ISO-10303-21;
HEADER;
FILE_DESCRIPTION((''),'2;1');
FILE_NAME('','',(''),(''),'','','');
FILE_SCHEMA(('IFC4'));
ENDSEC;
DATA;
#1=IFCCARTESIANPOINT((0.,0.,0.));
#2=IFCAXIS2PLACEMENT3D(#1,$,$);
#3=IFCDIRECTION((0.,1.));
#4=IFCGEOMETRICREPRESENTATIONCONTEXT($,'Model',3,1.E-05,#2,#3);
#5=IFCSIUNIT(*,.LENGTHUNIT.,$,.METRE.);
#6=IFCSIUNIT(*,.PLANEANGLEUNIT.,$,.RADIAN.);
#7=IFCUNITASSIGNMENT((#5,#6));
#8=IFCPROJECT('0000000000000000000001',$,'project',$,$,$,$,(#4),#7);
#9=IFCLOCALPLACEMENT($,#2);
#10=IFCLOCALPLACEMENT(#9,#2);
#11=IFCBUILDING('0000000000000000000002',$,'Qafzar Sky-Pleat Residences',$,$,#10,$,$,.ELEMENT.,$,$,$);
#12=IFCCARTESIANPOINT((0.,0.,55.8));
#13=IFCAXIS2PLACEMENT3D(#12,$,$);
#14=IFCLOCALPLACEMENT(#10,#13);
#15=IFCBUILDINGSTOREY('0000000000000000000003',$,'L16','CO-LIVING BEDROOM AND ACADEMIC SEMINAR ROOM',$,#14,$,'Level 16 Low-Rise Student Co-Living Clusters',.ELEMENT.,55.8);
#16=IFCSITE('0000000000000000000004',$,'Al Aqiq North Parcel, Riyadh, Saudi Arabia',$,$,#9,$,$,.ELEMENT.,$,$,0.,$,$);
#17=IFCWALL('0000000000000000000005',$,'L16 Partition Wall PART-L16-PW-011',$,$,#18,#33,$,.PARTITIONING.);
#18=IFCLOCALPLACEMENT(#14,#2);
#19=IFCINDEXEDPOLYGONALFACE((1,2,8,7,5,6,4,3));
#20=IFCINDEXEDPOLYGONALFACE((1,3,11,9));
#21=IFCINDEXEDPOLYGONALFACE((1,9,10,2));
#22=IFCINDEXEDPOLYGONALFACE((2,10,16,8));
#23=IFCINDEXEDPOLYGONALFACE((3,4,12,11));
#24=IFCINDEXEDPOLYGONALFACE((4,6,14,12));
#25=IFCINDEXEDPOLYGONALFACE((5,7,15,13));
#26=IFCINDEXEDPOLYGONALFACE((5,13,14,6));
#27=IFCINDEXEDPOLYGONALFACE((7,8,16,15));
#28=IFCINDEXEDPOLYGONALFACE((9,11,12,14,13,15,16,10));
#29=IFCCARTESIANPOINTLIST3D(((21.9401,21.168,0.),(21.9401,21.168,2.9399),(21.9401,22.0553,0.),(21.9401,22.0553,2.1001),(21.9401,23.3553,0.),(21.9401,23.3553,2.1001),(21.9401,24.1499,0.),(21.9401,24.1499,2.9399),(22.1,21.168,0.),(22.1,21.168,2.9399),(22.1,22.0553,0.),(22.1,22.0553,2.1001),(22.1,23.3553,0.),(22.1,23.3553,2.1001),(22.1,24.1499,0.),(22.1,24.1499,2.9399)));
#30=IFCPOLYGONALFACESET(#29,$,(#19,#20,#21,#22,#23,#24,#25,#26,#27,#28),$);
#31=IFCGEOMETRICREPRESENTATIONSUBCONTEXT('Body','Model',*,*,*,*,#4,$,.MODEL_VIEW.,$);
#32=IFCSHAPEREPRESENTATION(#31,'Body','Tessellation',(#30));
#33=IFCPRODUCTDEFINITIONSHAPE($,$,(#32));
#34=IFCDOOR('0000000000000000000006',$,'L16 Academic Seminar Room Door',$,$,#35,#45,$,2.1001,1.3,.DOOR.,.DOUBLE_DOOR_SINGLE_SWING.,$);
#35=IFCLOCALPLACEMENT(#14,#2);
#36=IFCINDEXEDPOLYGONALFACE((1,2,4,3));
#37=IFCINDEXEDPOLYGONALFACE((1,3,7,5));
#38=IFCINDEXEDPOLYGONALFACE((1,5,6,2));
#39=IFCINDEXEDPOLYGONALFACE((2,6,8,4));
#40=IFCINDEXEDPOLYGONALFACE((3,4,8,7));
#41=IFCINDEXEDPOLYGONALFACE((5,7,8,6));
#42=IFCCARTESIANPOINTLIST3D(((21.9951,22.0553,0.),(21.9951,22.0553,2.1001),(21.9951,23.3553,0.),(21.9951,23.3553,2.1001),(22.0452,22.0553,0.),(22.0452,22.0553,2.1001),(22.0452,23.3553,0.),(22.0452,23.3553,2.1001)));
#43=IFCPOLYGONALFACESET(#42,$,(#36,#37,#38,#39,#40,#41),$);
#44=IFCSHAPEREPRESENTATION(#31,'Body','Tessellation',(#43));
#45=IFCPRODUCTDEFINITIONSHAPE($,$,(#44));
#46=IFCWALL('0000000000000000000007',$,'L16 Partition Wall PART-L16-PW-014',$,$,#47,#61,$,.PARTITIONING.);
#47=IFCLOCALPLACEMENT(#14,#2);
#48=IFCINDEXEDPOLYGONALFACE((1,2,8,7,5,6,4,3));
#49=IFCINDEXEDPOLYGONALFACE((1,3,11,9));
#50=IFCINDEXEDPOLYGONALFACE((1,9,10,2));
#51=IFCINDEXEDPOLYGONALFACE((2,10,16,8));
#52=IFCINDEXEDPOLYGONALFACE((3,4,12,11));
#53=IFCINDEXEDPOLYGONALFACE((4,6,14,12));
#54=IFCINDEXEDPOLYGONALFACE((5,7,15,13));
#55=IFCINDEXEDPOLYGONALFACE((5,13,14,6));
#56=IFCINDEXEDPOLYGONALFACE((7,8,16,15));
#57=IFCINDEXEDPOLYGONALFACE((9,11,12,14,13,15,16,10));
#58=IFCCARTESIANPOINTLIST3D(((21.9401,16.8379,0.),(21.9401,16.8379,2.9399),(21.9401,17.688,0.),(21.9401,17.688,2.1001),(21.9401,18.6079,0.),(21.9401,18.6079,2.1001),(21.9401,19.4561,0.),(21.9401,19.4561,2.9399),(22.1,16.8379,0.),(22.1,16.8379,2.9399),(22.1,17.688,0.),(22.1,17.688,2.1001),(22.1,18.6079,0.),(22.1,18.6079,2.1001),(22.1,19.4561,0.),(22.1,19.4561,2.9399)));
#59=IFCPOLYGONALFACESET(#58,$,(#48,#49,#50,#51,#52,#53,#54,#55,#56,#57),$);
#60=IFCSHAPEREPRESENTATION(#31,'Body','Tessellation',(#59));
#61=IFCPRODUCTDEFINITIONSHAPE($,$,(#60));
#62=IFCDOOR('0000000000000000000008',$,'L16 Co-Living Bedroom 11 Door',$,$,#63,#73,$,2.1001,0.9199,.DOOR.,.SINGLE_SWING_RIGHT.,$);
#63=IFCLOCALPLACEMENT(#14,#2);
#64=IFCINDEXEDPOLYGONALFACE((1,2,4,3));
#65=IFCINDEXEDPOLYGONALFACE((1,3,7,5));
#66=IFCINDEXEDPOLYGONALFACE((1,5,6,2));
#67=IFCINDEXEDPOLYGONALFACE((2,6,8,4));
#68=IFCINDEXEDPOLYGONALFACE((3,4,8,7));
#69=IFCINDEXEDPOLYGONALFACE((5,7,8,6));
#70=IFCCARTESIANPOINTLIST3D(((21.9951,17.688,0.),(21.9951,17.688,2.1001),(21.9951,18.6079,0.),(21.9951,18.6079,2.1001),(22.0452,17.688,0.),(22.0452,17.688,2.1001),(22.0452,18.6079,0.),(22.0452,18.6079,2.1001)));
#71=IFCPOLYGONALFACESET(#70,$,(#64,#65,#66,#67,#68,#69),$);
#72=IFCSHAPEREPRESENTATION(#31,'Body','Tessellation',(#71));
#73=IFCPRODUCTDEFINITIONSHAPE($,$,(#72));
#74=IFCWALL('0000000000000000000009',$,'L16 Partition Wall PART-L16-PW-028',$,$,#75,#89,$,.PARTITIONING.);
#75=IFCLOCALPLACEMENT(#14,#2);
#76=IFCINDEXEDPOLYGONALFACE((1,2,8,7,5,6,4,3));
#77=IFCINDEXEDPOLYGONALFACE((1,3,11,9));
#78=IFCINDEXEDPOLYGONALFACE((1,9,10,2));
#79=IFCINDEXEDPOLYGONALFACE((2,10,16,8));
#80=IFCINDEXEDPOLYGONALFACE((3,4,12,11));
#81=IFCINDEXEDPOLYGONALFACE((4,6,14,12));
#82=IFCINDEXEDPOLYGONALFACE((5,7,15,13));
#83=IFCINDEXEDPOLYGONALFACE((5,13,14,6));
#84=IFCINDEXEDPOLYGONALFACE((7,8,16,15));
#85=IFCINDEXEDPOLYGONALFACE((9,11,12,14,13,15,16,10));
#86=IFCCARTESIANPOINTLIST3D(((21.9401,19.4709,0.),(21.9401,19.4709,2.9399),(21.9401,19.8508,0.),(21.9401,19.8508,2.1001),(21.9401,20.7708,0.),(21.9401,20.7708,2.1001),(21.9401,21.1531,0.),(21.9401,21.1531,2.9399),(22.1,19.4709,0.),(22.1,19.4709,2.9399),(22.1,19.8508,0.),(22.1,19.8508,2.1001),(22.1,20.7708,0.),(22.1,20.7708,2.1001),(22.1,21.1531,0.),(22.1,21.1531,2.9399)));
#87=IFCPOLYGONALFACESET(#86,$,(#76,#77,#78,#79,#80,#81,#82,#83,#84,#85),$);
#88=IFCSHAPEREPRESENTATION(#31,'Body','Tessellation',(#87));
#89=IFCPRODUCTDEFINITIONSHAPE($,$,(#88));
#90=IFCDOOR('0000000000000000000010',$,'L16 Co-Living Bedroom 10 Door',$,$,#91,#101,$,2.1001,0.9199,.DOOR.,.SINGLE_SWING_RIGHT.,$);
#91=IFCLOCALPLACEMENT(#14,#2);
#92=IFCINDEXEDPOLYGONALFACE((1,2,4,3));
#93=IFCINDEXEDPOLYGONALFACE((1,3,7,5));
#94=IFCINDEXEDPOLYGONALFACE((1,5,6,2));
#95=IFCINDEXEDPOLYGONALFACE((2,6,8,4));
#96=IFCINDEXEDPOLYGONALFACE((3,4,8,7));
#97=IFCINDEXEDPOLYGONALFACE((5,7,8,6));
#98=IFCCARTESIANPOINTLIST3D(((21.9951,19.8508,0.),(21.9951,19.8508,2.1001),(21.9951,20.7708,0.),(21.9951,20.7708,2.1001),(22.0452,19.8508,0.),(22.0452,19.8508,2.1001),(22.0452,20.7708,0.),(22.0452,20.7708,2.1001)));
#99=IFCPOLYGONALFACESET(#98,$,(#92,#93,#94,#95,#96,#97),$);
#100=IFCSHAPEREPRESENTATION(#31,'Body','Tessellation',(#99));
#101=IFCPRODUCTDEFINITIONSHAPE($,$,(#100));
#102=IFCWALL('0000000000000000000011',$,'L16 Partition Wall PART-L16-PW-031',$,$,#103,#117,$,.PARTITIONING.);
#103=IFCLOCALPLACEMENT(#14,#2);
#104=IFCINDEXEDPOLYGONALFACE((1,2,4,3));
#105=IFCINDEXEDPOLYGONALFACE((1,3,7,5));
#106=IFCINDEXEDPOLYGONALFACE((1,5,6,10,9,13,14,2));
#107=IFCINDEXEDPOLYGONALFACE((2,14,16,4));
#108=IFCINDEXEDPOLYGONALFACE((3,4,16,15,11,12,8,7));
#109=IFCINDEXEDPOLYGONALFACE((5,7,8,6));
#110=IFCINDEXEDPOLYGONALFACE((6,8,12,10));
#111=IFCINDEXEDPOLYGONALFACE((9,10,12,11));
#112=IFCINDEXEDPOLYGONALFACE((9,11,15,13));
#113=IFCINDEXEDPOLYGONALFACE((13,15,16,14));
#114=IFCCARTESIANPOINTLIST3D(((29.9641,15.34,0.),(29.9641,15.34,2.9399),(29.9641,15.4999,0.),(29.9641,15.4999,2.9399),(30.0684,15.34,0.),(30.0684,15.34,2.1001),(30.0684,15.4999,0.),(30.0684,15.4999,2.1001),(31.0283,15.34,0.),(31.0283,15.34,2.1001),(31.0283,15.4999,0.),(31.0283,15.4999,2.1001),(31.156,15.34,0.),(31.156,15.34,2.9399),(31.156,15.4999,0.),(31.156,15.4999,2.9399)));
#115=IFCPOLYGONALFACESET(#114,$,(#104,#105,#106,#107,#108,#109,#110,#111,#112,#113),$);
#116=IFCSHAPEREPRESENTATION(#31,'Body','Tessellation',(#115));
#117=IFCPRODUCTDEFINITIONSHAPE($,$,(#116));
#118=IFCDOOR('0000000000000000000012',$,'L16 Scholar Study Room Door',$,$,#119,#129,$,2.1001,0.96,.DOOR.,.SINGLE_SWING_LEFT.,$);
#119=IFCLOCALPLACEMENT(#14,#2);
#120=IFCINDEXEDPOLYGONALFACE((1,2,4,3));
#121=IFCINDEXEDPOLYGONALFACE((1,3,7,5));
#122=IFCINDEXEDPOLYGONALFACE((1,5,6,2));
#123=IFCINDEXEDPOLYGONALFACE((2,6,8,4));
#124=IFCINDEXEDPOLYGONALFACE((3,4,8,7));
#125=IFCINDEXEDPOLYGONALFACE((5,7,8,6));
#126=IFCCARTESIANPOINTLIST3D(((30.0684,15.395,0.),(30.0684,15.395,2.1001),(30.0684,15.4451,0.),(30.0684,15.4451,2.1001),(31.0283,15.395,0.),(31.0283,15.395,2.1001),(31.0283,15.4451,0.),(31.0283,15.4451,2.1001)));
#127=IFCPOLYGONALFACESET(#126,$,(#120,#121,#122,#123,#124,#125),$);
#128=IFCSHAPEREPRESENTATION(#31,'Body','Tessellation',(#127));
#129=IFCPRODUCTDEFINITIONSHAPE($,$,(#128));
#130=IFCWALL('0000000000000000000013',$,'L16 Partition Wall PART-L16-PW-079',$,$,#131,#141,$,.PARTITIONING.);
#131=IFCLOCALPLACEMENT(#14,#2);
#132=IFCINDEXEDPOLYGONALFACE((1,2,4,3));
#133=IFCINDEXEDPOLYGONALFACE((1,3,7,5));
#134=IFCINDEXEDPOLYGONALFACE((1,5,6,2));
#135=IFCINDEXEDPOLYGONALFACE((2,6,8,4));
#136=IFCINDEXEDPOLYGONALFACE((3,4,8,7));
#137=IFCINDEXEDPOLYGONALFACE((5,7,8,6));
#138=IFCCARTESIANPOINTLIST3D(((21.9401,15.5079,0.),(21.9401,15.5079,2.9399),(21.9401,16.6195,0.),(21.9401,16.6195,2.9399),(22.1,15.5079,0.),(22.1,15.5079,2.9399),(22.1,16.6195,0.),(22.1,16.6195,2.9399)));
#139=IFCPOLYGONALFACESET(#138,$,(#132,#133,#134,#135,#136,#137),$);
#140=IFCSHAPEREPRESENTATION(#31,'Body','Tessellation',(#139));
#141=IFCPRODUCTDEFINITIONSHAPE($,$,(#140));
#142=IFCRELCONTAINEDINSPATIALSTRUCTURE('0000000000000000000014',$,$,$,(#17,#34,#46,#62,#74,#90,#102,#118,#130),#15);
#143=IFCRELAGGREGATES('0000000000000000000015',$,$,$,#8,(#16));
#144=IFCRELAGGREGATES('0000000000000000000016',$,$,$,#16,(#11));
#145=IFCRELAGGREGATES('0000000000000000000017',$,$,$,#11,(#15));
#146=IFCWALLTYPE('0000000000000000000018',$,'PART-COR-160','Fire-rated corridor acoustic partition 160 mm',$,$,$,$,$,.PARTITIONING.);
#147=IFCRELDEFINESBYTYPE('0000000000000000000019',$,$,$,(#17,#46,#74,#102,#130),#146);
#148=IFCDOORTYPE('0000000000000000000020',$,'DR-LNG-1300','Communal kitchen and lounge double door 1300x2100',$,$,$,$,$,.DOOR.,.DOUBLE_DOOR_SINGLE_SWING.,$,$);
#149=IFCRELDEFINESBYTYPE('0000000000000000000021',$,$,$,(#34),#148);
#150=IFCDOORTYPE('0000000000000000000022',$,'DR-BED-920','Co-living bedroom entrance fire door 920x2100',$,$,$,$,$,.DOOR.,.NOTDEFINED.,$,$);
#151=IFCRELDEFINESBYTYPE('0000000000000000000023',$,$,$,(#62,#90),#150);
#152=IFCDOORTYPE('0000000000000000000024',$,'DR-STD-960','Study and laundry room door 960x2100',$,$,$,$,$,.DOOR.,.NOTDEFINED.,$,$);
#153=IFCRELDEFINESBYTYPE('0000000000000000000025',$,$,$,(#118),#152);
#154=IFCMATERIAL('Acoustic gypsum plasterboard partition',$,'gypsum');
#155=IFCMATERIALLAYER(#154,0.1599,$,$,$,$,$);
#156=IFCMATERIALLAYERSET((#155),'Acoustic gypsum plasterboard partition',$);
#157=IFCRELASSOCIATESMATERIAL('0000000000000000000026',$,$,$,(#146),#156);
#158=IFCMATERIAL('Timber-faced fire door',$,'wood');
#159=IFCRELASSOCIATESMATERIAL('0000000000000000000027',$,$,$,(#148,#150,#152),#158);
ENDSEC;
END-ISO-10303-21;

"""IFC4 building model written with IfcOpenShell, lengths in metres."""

from ifc_helpers import new_model, si_unit, direction, frame, frame_2d, origin, place, context, subcontext, project, spatial, rectangle, extrude, source, transform, mapped, material, layer, layer_set, type_object, element, fill, save


model = new_model("IFC4")

# Units and contexts
model_context = context("Model", 3, precision=1e-05, world=origin(), true_north=direction((0.0, 1.0)))
body_context = subcontext(model_context, "Body", "Model", "MODEL_VIEW")
ifc_project = project(units=[si_unit("LENGTHUNIT", "METRE"), si_unit("PLANEANGLEUNIT", "RADIAN")], contexts=[model_context])

# Site, building, storey
site_placement = place(None, origin())
site = spatial("IfcSite", under=ifc_project, at=site_placement, Name="Al Aqiq North Parcel, Riyadh, Saudi Arabia", CompositionType="ELEMENT", RefElevation=0.0)
building_placement = place(site_placement, origin())
building = spatial("IfcBuilding", under=site, at=building_placement, Name="Qafzar Sky-Pleat Residences", CompositionType="ELEMENT")
storey_placement = place(building_placement, frame((0.0, 0.0, 55.8)))
storey = spatial("IfcBuildingStorey", under=building, at=storey_placement, Name="L16", Description="CO-LIVING BEDROOM AND ACADEMIC SEMINAR ROOM", LongName="Level 16 Low-Rise Student Co-Living Clusters", CompositionType="ELEMENT", Elevation=55.8)

# Walls, openings, doors
ifc_material_1 = material(Name="Acoustic gypsum plasterboard partition", Category="gypsum")
ifc_layer_1 = layer(ifc_material_1, 0.1599)
ifc_layer_set_1 = layer_set([ifc_layer_1], Name="Acoustic gypsum plasterboard partition")
wall_type_1 = type_object("IfcWallType", Name="PART-COR-160", Description="Fire-rated corridor acoustic partition 160 mm", PredefinedType="PARTITIONING", material=ifc_layer_set_1)
wall_1_placement = place(storey_placement, frame((22.02, 21.168, 0.0), z_axis=(0.0, 0.0, 1.0), x_axis=(0.0, 1.0, 0.0)))
wall_1 = element("IfcWall", 1, at=wall_1_placement, inside=storey, type_object=wall_type_1, Name="L16 Partition Wall PART-L16-PW-011", PredefinedType="PARTITIONING", context=body_context, shape_type="SweptSolid", body=[
    extrude(rectangle(XDim=2.9819, YDim=0.1599, at=frame_2d((1.491, 0.0))), origin(), (0.0, 0.0, 1.0), 2.9399),
])
opening_1_placement = place(wall_1_placement, frame((0.8875, 0.0, 0.0)))
opening_1 = element("IfcOpeningElement", 2, at=opening_1_placement, cuts=wall_1, PredefinedType="OPENING", context=body_context, shape_type="SweptSolid", body=[
    extrude(rectangle(XDim=1.3, YDim=2.1001, at=frame_2d((0.6499, 1.05))), frame((0.0, 0.0898, 0.0), z_axis=(0.0, -1.0, 0.0), x_axis=(1.0, 0.0, 0.0)), (0.0, 0.0, 1.0), 0.1799),
])
ifc_material_2 = material(Name="Timber-faced fire door", Category="wood")
door_type_1 = type_object("IfcDoorType", Name="DR-LNG-1300", Description="Communal kitchen and lounge double door 1300x2100", OperationType="DOUBLE_DOOR_SINGLE_SWING", PredefinedType="DOOR", material=ifc_material_2)
shared_shape_1 = source(origin(), body_context, "Body", "SweptSolid", [
    extrude(rectangle(XDim=1.3, YDim=2.1001, at=frame_2d((0.6499, 1.05))), frame((0.0, 0.0249, 0.0), z_axis=(0.0, -1.0, 0.0), x_axis=(1.0, 0.0, 0.0)), (0.0, 0.0, 1.0), 0.05),
])
door_1_placement = place(opening_1_placement, origin())
door_1 = element("IfcDoor", 3, at=door_1_placement, inside=storey, type_object=door_type_1, Name="L16 Academic Seminar Room Door", OperationType="DOUBLE_DOOR_SINGLE_SWING", OverallHeight=2.1001, OverallWidth=1.3, PredefinedType="DOOR", context=body_context, shape_type="MappedRepresentation", body=[
    mapped(shared_shape_1, transform((0.0, 0.0, 0.0), x_axis=(1.0, 0.0, 0.0), y_axis=(0.0, 1.0, 0.0), z_axis=(0.0, 0.0, 1.0), scale=1.0)),
])
fill(opening_1, door_1)
wall_2_placement = place(storey_placement, frame((22.02, 16.8379, 0.0), z_axis=(0.0, 0.0, 1.0), x_axis=(0.0, 1.0, 0.0)))
wall_2 = element("IfcWall", 4, at=wall_2_placement, inside=storey, type_object=wall_type_1, Name="L16 Partition Wall PART-L16-PW-014", PredefinedType="PARTITIONING", context=body_context, shape_type="SweptSolid", body=[
    extrude(rectangle(XDim=2.6182, YDim=0.1599, at=frame_2d((1.3091, 0.0))), origin(), (0.0, 0.0, 1.0), 2.9399),
])
opening_2_placement = place(wall_2_placement, frame((0.8501, 0.0, 0.0)))
opening_2 = element("IfcOpeningElement", 5, at=opening_2_placement, cuts=wall_2, PredefinedType="OPENING", context=body_context, shape_type="SweptSolid", body=[
    extrude(rectangle(XDim=0.9199, YDim=2.1001, at=frame_2d((0.46, 1.05))), frame((0.0, 0.0898, 0.0), z_axis=(0.0, -1.0, 0.0), x_axis=(1.0, 0.0, 0.0)), (0.0, 0.0, 1.0), 0.1799),
])
door_type_2 = type_object("IfcDoorType", Name="DR-BED-920", Description="Co-living bedroom entrance fire door 920x2100", OperationType="NOTDEFINED", PredefinedType="DOOR", material=ifc_material_2)
shared_shape_2 = source(origin(), body_context, "Body", "SweptSolid", [
    extrude(rectangle(XDim=0.9199, YDim=2.1001, at=frame_2d((0.46, 1.05))), frame((0.0, 0.0249, 0.0), z_axis=(0.0, -1.0, 0.0), x_axis=(1.0, 0.0, 0.0)), (0.0, 0.0, 1.0), 0.05),
])
door_2_placement = place(opening_2_placement, origin())
door_2 = element("IfcDoor", 6, at=door_2_placement, inside=storey, type_object=door_type_2, Name="L16 Co-Living Bedroom 11 Door", OperationType="SINGLE_SWING_RIGHT", OverallHeight=2.1001, OverallWidth=0.9199, PredefinedType="DOOR", context=body_context, shape_type="MappedRepresentation", body=[
    mapped(shared_shape_2, transform((0.0, 0.0, 0.0), x_axis=(1.0, 0.0, 0.0), y_axis=(0.0, 1.0, 0.0), z_axis=(0.0, 0.0, 1.0), scale=1.0)),
])
fill(opening_2, door_2)
wall_3_placement = place(storey_placement, frame((22.02, 19.4709, 0.0), z_axis=(0.0, 0.0, 1.0), x_axis=(0.0, 1.0, 0.0)))
wall_3 = element("IfcWall", 7, at=wall_3_placement, inside=storey, type_object=wall_type_1, Name="L16 Partition Wall PART-L16-PW-028", PredefinedType="PARTITIONING", context=body_context, shape_type="SweptSolid", body=[
    extrude(rectangle(XDim=1.6821, YDim=0.1599, at=frame_2d((0.8411, 0.0))), origin(), (0.0, 0.0, 1.0), 2.9399),
])
opening_3_placement = place(wall_3_placement, frame((0.3799, 0.0, 0.0)))
opening_3 = element("IfcOpeningElement", 8, at=opening_3_placement, cuts=wall_3, PredefinedType="OPENING", context=body_context, shape_type="SweptSolid", body=[
    extrude(rectangle(XDim=0.9199, YDim=2.1001, at=frame_2d((0.46, 1.05))), frame((0.0, 0.0898, 0.0), z_axis=(0.0, -1.0, 0.0), x_axis=(1.0, 0.0, 0.0)), (0.0, 0.0, 1.0), 0.1799),
])
door_3_placement = place(opening_3_placement, origin())
door_3 = element("IfcDoor", 9, at=door_3_placement, inside=storey, type_object=door_type_2, Name="L16 Co-Living Bedroom 10 Door", OperationType="SINGLE_SWING_RIGHT", OverallHeight=2.1001, OverallWidth=0.9199, PredefinedType="DOOR", context=body_context, shape_type="MappedRepresentation", body=[
    mapped(shared_shape_2, transform((0.0, 0.0, 0.0), x_axis=(1.0, 0.0, 0.0), y_axis=(0.0, 1.0, 0.0), z_axis=(0.0, 0.0, 1.0), scale=1.0)),
])
fill(opening_3, door_3)
wall_4_placement = place(storey_placement, frame((31.156, 15.4199, 0.0), z_axis=(0.0, 0.0, 1.0), x_axis=(-1.0, 0.0, 0.0)))
wall_4 = element("IfcWall", 10, at=wall_4_placement, inside=storey, type_object=wall_type_1, Name="L16 Partition Wall PART-L16-PW-031", PredefinedType="PARTITIONING", context=body_context, shape_type="SweptSolid", body=[
    extrude(rectangle(XDim=1.1919, YDim=0.1599, at=frame_2d((0.5959, 0.0))), origin(), (0.0, 0.0, 1.0), 2.9399),
])
opening_4_placement = place(wall_4_placement, frame((0.1277, 0.0, 0.0)))
opening_4 = element("IfcOpeningElement", 11, at=opening_4_placement, cuts=wall_4, PredefinedType="OPENING", context=body_context, shape_type="SweptSolid", body=[
    extrude(rectangle(XDim=0.96, YDim=2.1001, at=frame_2d((0.48, 1.05))), frame((0.0, 0.0898, 0.0), z_axis=(0.0, -1.0, 0.0), x_axis=(1.0, 0.0, 0.0)), (0.0, 0.0, 1.0), 0.1799),
])
door_type_3 = type_object("IfcDoorType", Name="DR-STD-960", Description="Study and laundry room door 960x2100", OperationType="NOTDEFINED", PredefinedType="DOOR", material=ifc_material_2)
shared_shape_3 = source(origin(), body_context, "Body", "SweptSolid", [
    extrude(rectangle(XDim=0.96, YDim=2.1001, at=frame_2d((0.48, 1.05))), frame((0.0, 0.0249, 0.0), z_axis=(0.0, -1.0, 0.0), x_axis=(1.0, 0.0, 0.0)), (0.0, 0.0, 1.0), 0.05),
])
door_4_placement = place(opening_4_placement, origin())
door_4 = element("IfcDoor", 12, at=door_4_placement, inside=storey, type_object=door_type_3, Name="L16 Scholar Study Room Door", OperationType="SINGLE_SWING_LEFT", OverallHeight=2.1001, OverallWidth=0.96, PredefinedType="DOOR", context=body_context, shape_type="MappedRepresentation", body=[
    mapped(shared_shape_3, transform((0.0, 0.0, 0.0), x_axis=(1.0, 0.0, 0.0), y_axis=(0.0, 1.0, 0.0), z_axis=(0.0, 0.0, 1.0), scale=1.0)),
])
fill(opening_4, door_4)

# Wall
wall_5_placement = place(storey_placement, frame((22.02, 15.5081, 0.0), z_axis=(0.0, 0.0, 1.0), x_axis=(0.0, 1.0, 0.0)))
element("IfcWall", 13, at=wall_5_placement, inside=storey, type_object=wall_type_1, Name="L16 Partition Wall PART-L16-PW-079", PredefinedType="PARTITIONING", context=body_context, shape_type="SweptSolid", body=[
    extrude(rectangle(XDim=1.1116, YDim=0.1599, at=frame_2d((0.5557, 0.0))), origin(), (0.0, 0.0, 1.0), 2.9399),
])

save(model, "model.ifc")
